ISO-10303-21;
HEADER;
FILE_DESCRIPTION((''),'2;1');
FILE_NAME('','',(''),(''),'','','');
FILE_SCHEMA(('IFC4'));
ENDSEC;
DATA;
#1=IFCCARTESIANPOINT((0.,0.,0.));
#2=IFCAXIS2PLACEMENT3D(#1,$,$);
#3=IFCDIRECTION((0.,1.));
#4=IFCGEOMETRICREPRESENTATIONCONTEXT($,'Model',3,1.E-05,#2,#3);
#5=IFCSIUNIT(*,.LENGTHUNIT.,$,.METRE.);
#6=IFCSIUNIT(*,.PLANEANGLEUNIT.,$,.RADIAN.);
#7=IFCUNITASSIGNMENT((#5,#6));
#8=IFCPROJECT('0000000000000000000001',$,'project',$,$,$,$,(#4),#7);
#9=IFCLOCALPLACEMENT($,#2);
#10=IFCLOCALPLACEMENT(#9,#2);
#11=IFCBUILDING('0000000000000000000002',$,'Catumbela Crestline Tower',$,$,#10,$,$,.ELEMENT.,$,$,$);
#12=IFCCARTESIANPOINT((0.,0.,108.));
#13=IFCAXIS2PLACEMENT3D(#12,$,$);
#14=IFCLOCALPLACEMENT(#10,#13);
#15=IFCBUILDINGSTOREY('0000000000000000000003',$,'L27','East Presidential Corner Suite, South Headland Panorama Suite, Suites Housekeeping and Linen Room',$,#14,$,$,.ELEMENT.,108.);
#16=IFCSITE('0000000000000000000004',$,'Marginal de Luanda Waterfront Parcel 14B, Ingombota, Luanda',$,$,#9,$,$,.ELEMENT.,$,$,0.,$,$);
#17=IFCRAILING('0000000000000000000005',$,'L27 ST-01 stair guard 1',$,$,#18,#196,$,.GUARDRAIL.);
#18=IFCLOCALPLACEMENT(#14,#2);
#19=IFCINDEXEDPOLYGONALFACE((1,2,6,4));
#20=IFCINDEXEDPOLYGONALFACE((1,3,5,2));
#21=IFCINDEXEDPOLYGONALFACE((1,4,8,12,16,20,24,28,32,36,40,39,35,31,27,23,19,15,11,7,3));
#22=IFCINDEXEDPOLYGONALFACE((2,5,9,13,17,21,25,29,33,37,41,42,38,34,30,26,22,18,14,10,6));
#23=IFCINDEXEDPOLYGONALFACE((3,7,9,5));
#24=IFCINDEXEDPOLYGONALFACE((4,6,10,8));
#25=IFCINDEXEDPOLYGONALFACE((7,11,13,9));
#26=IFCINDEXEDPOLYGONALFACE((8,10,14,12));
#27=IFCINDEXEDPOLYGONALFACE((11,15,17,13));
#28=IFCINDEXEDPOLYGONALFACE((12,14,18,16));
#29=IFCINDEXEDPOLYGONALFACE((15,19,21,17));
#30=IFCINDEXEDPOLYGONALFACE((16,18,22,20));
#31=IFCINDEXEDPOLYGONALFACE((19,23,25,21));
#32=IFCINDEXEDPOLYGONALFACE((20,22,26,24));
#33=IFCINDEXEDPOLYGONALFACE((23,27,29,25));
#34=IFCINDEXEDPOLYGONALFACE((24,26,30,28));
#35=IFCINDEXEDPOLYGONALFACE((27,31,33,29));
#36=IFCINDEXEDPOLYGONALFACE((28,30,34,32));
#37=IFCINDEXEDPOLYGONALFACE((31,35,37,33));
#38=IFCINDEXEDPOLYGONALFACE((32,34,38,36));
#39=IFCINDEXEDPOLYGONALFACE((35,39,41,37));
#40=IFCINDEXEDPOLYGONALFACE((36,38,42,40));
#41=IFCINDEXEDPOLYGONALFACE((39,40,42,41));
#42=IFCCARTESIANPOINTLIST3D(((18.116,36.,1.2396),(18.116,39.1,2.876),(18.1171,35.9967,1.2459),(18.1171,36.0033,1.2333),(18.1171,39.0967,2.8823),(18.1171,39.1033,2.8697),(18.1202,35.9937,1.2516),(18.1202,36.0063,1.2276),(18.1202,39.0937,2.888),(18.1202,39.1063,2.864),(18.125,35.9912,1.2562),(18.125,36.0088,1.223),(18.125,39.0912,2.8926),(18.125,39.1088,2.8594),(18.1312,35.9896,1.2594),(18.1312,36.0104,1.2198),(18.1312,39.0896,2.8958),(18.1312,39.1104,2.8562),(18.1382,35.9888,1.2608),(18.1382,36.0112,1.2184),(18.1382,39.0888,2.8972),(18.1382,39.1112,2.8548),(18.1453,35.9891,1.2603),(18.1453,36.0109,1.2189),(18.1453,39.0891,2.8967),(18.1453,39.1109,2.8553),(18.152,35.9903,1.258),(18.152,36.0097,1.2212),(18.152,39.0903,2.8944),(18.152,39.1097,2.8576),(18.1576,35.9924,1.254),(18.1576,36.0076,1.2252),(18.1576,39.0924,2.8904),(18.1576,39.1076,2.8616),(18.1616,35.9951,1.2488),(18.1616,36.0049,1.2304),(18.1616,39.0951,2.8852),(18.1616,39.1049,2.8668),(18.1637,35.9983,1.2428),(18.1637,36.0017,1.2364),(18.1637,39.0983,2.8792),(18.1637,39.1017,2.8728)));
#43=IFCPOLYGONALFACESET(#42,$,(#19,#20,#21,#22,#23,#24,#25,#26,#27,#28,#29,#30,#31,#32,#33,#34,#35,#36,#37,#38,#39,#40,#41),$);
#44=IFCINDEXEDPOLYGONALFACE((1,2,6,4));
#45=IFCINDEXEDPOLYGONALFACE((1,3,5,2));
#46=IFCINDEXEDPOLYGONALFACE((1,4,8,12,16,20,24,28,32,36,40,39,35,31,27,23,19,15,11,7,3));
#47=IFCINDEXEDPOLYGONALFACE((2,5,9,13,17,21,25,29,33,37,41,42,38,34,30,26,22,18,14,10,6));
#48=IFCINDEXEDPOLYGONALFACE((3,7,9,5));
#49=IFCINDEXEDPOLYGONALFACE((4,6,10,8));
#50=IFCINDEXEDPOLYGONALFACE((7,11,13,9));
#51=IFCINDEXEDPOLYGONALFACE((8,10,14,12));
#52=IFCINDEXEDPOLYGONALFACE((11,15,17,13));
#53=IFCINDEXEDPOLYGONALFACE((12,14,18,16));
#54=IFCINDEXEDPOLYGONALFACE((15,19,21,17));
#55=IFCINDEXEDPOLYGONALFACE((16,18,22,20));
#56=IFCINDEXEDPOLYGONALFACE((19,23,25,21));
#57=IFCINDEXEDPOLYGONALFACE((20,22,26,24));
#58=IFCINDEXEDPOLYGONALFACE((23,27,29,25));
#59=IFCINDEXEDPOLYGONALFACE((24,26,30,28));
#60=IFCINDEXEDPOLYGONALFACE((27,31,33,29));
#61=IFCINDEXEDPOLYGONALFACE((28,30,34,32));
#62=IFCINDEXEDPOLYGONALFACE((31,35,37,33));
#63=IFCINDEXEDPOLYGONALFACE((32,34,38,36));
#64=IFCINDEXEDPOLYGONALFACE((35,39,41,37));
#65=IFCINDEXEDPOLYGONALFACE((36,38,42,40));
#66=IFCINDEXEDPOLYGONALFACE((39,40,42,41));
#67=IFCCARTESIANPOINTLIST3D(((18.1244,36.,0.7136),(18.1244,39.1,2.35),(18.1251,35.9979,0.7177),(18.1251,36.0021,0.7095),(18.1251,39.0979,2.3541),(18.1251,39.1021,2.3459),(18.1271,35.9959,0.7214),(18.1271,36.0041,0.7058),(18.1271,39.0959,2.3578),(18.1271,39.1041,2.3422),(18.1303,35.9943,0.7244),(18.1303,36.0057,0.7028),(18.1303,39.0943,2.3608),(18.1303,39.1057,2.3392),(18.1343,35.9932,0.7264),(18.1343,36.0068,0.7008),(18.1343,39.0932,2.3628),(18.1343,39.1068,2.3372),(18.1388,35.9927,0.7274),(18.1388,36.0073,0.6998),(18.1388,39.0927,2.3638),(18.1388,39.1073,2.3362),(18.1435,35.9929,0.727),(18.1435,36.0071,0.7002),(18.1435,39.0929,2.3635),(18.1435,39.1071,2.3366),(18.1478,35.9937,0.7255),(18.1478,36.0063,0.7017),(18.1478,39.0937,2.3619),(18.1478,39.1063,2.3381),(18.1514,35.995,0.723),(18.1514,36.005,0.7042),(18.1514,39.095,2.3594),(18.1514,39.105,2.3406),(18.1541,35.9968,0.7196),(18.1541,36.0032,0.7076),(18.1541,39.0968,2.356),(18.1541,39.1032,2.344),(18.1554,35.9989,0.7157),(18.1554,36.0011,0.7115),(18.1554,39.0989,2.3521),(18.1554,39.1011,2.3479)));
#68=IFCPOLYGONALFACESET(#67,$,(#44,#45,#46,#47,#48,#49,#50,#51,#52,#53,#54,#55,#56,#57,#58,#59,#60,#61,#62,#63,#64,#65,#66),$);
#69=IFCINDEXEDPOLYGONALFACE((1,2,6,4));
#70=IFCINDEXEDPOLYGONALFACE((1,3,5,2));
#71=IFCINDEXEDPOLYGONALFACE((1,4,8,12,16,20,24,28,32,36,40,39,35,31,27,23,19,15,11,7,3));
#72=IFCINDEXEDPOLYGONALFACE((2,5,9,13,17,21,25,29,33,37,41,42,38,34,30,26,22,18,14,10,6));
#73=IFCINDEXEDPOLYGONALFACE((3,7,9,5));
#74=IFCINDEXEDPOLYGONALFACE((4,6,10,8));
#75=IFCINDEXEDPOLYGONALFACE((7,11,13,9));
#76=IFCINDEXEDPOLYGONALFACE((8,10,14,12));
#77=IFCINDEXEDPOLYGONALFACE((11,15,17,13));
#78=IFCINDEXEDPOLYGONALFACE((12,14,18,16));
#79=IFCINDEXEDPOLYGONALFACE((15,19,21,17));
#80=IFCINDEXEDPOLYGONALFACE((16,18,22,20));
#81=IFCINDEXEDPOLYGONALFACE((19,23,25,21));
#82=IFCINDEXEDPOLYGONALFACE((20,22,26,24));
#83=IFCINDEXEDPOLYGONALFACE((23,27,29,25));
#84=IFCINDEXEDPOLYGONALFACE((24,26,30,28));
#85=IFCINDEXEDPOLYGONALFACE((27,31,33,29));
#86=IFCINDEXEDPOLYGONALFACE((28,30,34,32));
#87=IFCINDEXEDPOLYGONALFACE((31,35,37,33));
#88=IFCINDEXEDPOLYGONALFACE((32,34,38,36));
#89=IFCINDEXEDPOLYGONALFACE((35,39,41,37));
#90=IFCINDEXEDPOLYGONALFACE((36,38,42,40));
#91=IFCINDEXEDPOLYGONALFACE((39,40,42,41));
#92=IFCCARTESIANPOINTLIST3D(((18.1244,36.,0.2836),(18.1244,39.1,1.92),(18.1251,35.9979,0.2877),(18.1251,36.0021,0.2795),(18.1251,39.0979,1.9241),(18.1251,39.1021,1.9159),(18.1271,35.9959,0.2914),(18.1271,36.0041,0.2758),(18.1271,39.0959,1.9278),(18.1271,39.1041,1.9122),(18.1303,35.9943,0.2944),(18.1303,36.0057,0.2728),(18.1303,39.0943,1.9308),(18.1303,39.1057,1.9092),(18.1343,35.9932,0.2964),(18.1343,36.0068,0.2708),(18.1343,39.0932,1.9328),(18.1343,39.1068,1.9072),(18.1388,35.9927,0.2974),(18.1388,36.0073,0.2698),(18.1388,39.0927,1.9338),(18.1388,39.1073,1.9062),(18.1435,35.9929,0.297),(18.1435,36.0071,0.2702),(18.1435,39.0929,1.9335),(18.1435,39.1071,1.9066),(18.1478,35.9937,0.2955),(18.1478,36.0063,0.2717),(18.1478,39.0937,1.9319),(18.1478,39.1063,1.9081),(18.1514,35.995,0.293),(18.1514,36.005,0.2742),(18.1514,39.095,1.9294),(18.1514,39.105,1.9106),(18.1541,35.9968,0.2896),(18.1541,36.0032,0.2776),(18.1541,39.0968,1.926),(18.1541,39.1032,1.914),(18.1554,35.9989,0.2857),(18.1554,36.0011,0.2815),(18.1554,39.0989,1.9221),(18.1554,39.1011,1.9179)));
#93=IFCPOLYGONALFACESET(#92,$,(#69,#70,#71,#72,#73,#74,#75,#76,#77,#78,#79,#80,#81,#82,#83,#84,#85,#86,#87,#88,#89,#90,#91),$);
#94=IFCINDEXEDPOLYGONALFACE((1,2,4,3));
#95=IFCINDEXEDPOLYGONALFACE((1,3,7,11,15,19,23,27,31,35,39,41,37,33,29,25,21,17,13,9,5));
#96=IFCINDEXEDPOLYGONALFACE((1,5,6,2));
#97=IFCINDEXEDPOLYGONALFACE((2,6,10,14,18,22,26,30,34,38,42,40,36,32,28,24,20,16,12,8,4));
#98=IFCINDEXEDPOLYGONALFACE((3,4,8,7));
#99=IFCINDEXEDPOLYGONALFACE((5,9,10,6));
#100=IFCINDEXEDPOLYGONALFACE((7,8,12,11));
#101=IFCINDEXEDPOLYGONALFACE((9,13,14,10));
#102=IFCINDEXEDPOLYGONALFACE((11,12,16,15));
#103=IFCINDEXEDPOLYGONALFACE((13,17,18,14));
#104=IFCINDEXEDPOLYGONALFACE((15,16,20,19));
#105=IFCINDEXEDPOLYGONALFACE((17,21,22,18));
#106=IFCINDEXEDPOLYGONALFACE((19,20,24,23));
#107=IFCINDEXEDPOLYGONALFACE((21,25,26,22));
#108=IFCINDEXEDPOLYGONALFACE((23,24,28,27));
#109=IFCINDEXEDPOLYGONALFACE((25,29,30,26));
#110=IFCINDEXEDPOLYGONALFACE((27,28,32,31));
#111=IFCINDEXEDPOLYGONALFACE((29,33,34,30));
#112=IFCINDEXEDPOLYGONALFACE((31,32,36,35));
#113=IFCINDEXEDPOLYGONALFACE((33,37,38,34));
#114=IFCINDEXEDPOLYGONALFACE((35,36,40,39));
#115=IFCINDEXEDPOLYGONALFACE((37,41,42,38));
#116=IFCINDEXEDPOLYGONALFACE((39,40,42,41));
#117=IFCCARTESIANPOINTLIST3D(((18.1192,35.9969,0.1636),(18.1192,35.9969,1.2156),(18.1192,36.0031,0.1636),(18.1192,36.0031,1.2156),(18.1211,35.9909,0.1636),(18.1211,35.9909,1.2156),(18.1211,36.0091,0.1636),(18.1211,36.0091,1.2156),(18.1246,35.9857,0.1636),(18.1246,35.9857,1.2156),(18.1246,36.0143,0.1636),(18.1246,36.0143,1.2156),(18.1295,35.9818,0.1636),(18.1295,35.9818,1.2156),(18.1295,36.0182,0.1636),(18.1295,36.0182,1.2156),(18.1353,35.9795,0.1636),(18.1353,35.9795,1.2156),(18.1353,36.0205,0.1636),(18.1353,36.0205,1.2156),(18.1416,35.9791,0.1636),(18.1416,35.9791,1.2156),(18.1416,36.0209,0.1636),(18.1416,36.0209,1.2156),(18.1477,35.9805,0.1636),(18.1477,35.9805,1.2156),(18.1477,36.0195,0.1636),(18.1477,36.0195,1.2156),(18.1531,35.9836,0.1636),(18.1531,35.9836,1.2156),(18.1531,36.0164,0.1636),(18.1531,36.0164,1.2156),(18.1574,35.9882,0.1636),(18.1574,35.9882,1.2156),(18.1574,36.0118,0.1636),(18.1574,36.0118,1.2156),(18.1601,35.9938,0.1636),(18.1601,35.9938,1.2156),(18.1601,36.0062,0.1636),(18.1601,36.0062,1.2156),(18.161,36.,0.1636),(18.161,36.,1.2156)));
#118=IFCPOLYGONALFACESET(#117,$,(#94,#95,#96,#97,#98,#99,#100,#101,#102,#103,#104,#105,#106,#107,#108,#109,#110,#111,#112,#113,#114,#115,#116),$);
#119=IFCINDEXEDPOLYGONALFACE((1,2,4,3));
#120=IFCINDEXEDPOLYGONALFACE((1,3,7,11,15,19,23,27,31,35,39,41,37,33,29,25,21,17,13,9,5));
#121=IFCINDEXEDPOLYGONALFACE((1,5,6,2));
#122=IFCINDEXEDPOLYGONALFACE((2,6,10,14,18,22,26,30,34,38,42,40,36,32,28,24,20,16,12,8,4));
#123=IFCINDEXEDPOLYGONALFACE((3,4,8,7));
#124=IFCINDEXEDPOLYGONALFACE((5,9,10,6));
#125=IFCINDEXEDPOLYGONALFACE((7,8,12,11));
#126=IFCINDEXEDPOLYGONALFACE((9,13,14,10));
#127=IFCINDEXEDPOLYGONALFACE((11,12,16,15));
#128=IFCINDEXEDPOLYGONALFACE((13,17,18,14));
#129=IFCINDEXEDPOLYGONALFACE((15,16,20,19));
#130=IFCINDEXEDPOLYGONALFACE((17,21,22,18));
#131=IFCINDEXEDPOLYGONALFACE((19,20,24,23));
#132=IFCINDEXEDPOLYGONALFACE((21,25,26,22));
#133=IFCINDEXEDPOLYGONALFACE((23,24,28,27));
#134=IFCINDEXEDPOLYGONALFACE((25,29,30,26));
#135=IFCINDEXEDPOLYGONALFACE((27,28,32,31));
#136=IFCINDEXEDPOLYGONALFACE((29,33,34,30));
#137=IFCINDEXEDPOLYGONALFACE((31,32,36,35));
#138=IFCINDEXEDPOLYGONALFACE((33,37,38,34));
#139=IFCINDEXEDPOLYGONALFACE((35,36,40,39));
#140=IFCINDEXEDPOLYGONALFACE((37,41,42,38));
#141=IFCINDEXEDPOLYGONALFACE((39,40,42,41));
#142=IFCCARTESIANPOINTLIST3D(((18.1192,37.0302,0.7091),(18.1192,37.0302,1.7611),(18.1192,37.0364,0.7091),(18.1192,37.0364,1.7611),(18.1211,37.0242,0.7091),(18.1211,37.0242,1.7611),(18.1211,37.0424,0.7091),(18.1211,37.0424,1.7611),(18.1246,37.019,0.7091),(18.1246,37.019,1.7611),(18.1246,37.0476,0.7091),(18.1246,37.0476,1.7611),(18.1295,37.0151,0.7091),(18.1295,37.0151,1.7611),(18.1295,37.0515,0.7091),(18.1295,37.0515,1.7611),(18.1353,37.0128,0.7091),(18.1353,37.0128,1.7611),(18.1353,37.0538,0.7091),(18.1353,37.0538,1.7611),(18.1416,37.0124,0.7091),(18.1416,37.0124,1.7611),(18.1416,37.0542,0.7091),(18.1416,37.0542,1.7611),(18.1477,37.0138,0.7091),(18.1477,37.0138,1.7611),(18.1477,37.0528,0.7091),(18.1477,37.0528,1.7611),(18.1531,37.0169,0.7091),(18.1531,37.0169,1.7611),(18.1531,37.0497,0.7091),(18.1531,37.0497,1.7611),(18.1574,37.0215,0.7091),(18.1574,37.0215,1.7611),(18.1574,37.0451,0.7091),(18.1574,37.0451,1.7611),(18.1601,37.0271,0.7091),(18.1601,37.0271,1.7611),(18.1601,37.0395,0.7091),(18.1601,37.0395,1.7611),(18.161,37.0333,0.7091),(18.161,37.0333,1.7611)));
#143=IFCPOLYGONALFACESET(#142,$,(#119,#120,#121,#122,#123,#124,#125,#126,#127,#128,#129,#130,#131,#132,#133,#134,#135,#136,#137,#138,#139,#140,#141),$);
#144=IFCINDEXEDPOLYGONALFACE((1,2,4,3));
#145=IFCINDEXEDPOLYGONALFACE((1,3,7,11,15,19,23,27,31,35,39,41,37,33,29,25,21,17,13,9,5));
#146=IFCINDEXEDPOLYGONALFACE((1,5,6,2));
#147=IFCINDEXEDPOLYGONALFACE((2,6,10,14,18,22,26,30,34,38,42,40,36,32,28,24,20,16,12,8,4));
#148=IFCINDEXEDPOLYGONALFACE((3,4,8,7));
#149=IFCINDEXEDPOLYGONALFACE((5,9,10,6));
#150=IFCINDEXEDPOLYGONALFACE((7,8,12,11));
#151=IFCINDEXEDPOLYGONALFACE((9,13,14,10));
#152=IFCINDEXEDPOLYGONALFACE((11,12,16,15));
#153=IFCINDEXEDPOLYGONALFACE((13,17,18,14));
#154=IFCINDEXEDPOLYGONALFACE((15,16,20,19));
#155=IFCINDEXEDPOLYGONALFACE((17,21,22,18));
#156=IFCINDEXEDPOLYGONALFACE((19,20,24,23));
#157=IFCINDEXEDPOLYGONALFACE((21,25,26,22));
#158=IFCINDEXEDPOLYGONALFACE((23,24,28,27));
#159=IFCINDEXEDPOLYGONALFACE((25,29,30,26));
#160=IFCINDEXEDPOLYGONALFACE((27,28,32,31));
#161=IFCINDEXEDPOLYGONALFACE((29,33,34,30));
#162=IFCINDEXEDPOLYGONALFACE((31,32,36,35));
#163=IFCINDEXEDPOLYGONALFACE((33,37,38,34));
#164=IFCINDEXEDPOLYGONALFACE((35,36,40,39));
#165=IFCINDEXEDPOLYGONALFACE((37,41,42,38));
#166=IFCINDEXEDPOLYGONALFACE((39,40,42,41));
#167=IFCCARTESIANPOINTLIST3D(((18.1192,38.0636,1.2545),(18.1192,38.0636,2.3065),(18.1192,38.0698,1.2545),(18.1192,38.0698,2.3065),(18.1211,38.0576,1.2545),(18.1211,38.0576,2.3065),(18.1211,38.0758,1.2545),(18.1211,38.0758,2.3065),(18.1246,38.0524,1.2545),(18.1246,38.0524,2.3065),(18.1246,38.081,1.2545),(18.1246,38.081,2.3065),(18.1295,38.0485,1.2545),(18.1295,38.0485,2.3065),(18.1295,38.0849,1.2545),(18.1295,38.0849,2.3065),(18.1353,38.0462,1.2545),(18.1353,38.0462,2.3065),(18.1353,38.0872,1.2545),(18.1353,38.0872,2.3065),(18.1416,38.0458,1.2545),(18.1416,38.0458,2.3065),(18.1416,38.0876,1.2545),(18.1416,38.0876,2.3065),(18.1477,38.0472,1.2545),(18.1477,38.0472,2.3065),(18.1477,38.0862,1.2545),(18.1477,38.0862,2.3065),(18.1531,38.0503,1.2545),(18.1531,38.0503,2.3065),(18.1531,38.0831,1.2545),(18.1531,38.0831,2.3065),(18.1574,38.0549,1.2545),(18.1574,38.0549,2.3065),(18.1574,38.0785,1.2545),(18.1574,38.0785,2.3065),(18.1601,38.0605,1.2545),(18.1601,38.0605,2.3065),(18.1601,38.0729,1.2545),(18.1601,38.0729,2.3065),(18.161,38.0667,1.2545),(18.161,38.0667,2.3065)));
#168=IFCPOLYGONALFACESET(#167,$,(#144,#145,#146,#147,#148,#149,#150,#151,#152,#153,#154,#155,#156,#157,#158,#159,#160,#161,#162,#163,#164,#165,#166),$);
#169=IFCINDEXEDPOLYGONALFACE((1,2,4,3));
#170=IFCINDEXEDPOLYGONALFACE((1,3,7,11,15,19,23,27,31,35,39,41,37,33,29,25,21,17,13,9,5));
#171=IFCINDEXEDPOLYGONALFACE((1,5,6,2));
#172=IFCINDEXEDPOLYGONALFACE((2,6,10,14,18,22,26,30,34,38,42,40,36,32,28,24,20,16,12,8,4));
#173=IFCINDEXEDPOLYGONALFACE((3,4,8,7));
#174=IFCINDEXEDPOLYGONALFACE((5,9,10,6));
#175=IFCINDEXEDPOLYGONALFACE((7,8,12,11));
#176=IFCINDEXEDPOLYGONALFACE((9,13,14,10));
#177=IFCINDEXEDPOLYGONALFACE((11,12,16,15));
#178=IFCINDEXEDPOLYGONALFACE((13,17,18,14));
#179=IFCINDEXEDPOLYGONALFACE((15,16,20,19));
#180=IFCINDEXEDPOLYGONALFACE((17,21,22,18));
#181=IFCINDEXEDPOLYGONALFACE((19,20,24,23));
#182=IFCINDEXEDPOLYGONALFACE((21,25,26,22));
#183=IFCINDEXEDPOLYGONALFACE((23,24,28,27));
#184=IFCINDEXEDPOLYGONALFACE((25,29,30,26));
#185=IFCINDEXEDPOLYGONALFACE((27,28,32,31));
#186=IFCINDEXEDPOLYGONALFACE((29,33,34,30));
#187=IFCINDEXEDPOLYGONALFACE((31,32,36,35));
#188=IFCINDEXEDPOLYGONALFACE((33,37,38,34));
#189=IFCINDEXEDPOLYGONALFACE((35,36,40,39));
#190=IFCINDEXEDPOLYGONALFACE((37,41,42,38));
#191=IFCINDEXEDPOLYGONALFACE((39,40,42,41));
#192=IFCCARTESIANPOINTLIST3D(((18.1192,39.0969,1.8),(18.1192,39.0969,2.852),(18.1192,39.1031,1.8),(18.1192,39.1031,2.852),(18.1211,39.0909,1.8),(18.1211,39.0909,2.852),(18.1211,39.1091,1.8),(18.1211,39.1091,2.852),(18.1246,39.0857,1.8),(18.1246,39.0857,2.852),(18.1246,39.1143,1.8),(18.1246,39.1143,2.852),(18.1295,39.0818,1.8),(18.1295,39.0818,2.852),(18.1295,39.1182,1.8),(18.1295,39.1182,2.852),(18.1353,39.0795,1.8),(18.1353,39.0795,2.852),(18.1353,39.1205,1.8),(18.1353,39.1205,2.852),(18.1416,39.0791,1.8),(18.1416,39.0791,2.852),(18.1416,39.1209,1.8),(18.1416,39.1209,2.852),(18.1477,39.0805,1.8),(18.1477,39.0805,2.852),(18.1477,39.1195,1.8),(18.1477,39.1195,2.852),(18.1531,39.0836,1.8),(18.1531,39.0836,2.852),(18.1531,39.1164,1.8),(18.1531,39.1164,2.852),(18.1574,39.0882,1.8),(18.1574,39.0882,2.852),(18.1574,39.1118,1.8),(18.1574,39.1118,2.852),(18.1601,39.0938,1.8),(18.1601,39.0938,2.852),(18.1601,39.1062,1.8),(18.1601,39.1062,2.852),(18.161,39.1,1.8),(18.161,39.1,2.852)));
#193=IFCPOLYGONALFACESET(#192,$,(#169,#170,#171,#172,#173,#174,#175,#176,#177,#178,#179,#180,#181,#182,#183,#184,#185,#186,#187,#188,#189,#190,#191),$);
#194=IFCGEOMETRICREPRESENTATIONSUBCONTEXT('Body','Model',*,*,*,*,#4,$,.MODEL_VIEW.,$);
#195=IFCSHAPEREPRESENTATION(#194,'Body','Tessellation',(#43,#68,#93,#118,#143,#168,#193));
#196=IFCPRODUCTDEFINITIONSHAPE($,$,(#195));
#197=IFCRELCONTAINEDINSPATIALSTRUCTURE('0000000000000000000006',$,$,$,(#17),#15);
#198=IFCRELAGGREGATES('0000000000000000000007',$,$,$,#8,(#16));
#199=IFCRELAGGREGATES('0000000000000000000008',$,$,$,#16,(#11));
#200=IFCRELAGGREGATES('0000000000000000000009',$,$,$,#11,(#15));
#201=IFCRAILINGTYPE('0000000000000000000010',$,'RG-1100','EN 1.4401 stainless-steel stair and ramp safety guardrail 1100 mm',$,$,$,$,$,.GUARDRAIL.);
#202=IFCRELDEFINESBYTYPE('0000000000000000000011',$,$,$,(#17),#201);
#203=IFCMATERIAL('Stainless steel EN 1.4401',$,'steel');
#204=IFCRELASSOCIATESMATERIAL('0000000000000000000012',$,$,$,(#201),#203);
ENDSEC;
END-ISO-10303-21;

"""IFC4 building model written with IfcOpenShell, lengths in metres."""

from ifc_helpers import new_model, si_unit, direction, frame, origin, origin_2d, place, context, subcontext, project, spatial, circle, extrude, material, type_object, element, save


model = new_model("IFC4")

# Units and contexts
model_context = context("Model", 3, precision=1e-05, world=origin(), true_north=direction((0.0, 1.0)))
body_context = subcontext(model_context, "Body", "Model", "MODEL_VIEW")
ifc_project = project(units=[si_unit("LENGTHUNIT", "METRE"), si_unit("PLANEANGLEUNIT", "RADIAN")], contexts=[model_context])

# Site, building, storey
site_placement = place(None, origin())
site = spatial("IfcSite", under=ifc_project, at=site_placement, Name="Marginal de Luanda Waterfront Parcel 14B, Ingombota, Luanda", CompositionType="ELEMENT", RefElevation=0.0)
building_placement = place(site_placement, origin())
building = spatial("IfcBuilding", under=site, at=building_placement, Name="Catumbela Crestline Tower", CompositionType="ELEMENT")
storey_placement = place(building_placement, frame((0.0, 0.0, 108.0)))
storey = spatial("IfcBuildingStorey", under=building, at=storey_placement, Name="L27", Description="East Presidential Corner Suite, South Headland Panorama Suite, Suites Housekeeping and Linen Room", CompositionType="ELEMENT", Elevation=108.0)

# Railing
ifc_material_1 = material(Name="Stainless steel EN 1.4401", Category="steel")
railing_type_1 = type_object("IfcRailingType", Name="RG-1100", Description="EN 1.4401 stainless-steel stair and ramp safety guardrail 1100 mm", PredefinedType="GUARDRAIL", material=ifc_material_1)
railing_1_placement = place(storey_placement, frame((18.14, 36.0, 0.1636)))
element("IfcRailing", 1, at=railing_1_placement, inside=storey, type_object=railing_type_1, Name="L27 ST-01 stair guard 1", PredefinedType="GUARDRAIL", context=body_context, shape_type="SweptSolid", body=[
    extrude(circle(Radius=0.024, at=origin_2d()), frame((0.0, 0.0, 1.076), z_axis=(0.0, 0.884351, 0.466823), x_axis=(-1.0, 0.0, 0.0)), (0.0, 0.0, 1.0), 3.5054),
    extrude(circle(Radius=0.0156, at=origin_2d()), frame((0.0, 0.0, 0.55), z_axis=(0.0, 0.884351, 0.466823), x_axis=(-1.0, 0.0, 0.0)), (0.0, 0.0, 1.0), 3.5054),
    extrude(circle(Radius=0.0156, at=origin_2d()), frame((0.0, 0.0, 0.12), z_axis=(0.0, 0.884351, 0.466823), x_axis=(-1.0, 0.0, 0.0)), (0.0, 0.0, 1.0), 3.5054),
    extrude(circle(Radius=0.021, at=origin_2d()), origin(), (0.0, 0.0, 1.0), 1.052),
    extrude(circle(Radius=0.021, at=origin_2d()), frame((0.0, 1.0333, 0.5455)), (0.0, 0.0, 1.0), 1.052),
    extrude(circle(Radius=0.021, at=origin_2d()), frame((0.0, 2.0667, 1.0909)), (0.0, 0.0, 1.0), 1.052),
    extrude(circle(Radius=0.021, at=origin_2d()), frame((0.0, 3.1, 1.6364)), (0.0, 0.0, 1.0), 1.052),
])

save(model, "model.ifc")
